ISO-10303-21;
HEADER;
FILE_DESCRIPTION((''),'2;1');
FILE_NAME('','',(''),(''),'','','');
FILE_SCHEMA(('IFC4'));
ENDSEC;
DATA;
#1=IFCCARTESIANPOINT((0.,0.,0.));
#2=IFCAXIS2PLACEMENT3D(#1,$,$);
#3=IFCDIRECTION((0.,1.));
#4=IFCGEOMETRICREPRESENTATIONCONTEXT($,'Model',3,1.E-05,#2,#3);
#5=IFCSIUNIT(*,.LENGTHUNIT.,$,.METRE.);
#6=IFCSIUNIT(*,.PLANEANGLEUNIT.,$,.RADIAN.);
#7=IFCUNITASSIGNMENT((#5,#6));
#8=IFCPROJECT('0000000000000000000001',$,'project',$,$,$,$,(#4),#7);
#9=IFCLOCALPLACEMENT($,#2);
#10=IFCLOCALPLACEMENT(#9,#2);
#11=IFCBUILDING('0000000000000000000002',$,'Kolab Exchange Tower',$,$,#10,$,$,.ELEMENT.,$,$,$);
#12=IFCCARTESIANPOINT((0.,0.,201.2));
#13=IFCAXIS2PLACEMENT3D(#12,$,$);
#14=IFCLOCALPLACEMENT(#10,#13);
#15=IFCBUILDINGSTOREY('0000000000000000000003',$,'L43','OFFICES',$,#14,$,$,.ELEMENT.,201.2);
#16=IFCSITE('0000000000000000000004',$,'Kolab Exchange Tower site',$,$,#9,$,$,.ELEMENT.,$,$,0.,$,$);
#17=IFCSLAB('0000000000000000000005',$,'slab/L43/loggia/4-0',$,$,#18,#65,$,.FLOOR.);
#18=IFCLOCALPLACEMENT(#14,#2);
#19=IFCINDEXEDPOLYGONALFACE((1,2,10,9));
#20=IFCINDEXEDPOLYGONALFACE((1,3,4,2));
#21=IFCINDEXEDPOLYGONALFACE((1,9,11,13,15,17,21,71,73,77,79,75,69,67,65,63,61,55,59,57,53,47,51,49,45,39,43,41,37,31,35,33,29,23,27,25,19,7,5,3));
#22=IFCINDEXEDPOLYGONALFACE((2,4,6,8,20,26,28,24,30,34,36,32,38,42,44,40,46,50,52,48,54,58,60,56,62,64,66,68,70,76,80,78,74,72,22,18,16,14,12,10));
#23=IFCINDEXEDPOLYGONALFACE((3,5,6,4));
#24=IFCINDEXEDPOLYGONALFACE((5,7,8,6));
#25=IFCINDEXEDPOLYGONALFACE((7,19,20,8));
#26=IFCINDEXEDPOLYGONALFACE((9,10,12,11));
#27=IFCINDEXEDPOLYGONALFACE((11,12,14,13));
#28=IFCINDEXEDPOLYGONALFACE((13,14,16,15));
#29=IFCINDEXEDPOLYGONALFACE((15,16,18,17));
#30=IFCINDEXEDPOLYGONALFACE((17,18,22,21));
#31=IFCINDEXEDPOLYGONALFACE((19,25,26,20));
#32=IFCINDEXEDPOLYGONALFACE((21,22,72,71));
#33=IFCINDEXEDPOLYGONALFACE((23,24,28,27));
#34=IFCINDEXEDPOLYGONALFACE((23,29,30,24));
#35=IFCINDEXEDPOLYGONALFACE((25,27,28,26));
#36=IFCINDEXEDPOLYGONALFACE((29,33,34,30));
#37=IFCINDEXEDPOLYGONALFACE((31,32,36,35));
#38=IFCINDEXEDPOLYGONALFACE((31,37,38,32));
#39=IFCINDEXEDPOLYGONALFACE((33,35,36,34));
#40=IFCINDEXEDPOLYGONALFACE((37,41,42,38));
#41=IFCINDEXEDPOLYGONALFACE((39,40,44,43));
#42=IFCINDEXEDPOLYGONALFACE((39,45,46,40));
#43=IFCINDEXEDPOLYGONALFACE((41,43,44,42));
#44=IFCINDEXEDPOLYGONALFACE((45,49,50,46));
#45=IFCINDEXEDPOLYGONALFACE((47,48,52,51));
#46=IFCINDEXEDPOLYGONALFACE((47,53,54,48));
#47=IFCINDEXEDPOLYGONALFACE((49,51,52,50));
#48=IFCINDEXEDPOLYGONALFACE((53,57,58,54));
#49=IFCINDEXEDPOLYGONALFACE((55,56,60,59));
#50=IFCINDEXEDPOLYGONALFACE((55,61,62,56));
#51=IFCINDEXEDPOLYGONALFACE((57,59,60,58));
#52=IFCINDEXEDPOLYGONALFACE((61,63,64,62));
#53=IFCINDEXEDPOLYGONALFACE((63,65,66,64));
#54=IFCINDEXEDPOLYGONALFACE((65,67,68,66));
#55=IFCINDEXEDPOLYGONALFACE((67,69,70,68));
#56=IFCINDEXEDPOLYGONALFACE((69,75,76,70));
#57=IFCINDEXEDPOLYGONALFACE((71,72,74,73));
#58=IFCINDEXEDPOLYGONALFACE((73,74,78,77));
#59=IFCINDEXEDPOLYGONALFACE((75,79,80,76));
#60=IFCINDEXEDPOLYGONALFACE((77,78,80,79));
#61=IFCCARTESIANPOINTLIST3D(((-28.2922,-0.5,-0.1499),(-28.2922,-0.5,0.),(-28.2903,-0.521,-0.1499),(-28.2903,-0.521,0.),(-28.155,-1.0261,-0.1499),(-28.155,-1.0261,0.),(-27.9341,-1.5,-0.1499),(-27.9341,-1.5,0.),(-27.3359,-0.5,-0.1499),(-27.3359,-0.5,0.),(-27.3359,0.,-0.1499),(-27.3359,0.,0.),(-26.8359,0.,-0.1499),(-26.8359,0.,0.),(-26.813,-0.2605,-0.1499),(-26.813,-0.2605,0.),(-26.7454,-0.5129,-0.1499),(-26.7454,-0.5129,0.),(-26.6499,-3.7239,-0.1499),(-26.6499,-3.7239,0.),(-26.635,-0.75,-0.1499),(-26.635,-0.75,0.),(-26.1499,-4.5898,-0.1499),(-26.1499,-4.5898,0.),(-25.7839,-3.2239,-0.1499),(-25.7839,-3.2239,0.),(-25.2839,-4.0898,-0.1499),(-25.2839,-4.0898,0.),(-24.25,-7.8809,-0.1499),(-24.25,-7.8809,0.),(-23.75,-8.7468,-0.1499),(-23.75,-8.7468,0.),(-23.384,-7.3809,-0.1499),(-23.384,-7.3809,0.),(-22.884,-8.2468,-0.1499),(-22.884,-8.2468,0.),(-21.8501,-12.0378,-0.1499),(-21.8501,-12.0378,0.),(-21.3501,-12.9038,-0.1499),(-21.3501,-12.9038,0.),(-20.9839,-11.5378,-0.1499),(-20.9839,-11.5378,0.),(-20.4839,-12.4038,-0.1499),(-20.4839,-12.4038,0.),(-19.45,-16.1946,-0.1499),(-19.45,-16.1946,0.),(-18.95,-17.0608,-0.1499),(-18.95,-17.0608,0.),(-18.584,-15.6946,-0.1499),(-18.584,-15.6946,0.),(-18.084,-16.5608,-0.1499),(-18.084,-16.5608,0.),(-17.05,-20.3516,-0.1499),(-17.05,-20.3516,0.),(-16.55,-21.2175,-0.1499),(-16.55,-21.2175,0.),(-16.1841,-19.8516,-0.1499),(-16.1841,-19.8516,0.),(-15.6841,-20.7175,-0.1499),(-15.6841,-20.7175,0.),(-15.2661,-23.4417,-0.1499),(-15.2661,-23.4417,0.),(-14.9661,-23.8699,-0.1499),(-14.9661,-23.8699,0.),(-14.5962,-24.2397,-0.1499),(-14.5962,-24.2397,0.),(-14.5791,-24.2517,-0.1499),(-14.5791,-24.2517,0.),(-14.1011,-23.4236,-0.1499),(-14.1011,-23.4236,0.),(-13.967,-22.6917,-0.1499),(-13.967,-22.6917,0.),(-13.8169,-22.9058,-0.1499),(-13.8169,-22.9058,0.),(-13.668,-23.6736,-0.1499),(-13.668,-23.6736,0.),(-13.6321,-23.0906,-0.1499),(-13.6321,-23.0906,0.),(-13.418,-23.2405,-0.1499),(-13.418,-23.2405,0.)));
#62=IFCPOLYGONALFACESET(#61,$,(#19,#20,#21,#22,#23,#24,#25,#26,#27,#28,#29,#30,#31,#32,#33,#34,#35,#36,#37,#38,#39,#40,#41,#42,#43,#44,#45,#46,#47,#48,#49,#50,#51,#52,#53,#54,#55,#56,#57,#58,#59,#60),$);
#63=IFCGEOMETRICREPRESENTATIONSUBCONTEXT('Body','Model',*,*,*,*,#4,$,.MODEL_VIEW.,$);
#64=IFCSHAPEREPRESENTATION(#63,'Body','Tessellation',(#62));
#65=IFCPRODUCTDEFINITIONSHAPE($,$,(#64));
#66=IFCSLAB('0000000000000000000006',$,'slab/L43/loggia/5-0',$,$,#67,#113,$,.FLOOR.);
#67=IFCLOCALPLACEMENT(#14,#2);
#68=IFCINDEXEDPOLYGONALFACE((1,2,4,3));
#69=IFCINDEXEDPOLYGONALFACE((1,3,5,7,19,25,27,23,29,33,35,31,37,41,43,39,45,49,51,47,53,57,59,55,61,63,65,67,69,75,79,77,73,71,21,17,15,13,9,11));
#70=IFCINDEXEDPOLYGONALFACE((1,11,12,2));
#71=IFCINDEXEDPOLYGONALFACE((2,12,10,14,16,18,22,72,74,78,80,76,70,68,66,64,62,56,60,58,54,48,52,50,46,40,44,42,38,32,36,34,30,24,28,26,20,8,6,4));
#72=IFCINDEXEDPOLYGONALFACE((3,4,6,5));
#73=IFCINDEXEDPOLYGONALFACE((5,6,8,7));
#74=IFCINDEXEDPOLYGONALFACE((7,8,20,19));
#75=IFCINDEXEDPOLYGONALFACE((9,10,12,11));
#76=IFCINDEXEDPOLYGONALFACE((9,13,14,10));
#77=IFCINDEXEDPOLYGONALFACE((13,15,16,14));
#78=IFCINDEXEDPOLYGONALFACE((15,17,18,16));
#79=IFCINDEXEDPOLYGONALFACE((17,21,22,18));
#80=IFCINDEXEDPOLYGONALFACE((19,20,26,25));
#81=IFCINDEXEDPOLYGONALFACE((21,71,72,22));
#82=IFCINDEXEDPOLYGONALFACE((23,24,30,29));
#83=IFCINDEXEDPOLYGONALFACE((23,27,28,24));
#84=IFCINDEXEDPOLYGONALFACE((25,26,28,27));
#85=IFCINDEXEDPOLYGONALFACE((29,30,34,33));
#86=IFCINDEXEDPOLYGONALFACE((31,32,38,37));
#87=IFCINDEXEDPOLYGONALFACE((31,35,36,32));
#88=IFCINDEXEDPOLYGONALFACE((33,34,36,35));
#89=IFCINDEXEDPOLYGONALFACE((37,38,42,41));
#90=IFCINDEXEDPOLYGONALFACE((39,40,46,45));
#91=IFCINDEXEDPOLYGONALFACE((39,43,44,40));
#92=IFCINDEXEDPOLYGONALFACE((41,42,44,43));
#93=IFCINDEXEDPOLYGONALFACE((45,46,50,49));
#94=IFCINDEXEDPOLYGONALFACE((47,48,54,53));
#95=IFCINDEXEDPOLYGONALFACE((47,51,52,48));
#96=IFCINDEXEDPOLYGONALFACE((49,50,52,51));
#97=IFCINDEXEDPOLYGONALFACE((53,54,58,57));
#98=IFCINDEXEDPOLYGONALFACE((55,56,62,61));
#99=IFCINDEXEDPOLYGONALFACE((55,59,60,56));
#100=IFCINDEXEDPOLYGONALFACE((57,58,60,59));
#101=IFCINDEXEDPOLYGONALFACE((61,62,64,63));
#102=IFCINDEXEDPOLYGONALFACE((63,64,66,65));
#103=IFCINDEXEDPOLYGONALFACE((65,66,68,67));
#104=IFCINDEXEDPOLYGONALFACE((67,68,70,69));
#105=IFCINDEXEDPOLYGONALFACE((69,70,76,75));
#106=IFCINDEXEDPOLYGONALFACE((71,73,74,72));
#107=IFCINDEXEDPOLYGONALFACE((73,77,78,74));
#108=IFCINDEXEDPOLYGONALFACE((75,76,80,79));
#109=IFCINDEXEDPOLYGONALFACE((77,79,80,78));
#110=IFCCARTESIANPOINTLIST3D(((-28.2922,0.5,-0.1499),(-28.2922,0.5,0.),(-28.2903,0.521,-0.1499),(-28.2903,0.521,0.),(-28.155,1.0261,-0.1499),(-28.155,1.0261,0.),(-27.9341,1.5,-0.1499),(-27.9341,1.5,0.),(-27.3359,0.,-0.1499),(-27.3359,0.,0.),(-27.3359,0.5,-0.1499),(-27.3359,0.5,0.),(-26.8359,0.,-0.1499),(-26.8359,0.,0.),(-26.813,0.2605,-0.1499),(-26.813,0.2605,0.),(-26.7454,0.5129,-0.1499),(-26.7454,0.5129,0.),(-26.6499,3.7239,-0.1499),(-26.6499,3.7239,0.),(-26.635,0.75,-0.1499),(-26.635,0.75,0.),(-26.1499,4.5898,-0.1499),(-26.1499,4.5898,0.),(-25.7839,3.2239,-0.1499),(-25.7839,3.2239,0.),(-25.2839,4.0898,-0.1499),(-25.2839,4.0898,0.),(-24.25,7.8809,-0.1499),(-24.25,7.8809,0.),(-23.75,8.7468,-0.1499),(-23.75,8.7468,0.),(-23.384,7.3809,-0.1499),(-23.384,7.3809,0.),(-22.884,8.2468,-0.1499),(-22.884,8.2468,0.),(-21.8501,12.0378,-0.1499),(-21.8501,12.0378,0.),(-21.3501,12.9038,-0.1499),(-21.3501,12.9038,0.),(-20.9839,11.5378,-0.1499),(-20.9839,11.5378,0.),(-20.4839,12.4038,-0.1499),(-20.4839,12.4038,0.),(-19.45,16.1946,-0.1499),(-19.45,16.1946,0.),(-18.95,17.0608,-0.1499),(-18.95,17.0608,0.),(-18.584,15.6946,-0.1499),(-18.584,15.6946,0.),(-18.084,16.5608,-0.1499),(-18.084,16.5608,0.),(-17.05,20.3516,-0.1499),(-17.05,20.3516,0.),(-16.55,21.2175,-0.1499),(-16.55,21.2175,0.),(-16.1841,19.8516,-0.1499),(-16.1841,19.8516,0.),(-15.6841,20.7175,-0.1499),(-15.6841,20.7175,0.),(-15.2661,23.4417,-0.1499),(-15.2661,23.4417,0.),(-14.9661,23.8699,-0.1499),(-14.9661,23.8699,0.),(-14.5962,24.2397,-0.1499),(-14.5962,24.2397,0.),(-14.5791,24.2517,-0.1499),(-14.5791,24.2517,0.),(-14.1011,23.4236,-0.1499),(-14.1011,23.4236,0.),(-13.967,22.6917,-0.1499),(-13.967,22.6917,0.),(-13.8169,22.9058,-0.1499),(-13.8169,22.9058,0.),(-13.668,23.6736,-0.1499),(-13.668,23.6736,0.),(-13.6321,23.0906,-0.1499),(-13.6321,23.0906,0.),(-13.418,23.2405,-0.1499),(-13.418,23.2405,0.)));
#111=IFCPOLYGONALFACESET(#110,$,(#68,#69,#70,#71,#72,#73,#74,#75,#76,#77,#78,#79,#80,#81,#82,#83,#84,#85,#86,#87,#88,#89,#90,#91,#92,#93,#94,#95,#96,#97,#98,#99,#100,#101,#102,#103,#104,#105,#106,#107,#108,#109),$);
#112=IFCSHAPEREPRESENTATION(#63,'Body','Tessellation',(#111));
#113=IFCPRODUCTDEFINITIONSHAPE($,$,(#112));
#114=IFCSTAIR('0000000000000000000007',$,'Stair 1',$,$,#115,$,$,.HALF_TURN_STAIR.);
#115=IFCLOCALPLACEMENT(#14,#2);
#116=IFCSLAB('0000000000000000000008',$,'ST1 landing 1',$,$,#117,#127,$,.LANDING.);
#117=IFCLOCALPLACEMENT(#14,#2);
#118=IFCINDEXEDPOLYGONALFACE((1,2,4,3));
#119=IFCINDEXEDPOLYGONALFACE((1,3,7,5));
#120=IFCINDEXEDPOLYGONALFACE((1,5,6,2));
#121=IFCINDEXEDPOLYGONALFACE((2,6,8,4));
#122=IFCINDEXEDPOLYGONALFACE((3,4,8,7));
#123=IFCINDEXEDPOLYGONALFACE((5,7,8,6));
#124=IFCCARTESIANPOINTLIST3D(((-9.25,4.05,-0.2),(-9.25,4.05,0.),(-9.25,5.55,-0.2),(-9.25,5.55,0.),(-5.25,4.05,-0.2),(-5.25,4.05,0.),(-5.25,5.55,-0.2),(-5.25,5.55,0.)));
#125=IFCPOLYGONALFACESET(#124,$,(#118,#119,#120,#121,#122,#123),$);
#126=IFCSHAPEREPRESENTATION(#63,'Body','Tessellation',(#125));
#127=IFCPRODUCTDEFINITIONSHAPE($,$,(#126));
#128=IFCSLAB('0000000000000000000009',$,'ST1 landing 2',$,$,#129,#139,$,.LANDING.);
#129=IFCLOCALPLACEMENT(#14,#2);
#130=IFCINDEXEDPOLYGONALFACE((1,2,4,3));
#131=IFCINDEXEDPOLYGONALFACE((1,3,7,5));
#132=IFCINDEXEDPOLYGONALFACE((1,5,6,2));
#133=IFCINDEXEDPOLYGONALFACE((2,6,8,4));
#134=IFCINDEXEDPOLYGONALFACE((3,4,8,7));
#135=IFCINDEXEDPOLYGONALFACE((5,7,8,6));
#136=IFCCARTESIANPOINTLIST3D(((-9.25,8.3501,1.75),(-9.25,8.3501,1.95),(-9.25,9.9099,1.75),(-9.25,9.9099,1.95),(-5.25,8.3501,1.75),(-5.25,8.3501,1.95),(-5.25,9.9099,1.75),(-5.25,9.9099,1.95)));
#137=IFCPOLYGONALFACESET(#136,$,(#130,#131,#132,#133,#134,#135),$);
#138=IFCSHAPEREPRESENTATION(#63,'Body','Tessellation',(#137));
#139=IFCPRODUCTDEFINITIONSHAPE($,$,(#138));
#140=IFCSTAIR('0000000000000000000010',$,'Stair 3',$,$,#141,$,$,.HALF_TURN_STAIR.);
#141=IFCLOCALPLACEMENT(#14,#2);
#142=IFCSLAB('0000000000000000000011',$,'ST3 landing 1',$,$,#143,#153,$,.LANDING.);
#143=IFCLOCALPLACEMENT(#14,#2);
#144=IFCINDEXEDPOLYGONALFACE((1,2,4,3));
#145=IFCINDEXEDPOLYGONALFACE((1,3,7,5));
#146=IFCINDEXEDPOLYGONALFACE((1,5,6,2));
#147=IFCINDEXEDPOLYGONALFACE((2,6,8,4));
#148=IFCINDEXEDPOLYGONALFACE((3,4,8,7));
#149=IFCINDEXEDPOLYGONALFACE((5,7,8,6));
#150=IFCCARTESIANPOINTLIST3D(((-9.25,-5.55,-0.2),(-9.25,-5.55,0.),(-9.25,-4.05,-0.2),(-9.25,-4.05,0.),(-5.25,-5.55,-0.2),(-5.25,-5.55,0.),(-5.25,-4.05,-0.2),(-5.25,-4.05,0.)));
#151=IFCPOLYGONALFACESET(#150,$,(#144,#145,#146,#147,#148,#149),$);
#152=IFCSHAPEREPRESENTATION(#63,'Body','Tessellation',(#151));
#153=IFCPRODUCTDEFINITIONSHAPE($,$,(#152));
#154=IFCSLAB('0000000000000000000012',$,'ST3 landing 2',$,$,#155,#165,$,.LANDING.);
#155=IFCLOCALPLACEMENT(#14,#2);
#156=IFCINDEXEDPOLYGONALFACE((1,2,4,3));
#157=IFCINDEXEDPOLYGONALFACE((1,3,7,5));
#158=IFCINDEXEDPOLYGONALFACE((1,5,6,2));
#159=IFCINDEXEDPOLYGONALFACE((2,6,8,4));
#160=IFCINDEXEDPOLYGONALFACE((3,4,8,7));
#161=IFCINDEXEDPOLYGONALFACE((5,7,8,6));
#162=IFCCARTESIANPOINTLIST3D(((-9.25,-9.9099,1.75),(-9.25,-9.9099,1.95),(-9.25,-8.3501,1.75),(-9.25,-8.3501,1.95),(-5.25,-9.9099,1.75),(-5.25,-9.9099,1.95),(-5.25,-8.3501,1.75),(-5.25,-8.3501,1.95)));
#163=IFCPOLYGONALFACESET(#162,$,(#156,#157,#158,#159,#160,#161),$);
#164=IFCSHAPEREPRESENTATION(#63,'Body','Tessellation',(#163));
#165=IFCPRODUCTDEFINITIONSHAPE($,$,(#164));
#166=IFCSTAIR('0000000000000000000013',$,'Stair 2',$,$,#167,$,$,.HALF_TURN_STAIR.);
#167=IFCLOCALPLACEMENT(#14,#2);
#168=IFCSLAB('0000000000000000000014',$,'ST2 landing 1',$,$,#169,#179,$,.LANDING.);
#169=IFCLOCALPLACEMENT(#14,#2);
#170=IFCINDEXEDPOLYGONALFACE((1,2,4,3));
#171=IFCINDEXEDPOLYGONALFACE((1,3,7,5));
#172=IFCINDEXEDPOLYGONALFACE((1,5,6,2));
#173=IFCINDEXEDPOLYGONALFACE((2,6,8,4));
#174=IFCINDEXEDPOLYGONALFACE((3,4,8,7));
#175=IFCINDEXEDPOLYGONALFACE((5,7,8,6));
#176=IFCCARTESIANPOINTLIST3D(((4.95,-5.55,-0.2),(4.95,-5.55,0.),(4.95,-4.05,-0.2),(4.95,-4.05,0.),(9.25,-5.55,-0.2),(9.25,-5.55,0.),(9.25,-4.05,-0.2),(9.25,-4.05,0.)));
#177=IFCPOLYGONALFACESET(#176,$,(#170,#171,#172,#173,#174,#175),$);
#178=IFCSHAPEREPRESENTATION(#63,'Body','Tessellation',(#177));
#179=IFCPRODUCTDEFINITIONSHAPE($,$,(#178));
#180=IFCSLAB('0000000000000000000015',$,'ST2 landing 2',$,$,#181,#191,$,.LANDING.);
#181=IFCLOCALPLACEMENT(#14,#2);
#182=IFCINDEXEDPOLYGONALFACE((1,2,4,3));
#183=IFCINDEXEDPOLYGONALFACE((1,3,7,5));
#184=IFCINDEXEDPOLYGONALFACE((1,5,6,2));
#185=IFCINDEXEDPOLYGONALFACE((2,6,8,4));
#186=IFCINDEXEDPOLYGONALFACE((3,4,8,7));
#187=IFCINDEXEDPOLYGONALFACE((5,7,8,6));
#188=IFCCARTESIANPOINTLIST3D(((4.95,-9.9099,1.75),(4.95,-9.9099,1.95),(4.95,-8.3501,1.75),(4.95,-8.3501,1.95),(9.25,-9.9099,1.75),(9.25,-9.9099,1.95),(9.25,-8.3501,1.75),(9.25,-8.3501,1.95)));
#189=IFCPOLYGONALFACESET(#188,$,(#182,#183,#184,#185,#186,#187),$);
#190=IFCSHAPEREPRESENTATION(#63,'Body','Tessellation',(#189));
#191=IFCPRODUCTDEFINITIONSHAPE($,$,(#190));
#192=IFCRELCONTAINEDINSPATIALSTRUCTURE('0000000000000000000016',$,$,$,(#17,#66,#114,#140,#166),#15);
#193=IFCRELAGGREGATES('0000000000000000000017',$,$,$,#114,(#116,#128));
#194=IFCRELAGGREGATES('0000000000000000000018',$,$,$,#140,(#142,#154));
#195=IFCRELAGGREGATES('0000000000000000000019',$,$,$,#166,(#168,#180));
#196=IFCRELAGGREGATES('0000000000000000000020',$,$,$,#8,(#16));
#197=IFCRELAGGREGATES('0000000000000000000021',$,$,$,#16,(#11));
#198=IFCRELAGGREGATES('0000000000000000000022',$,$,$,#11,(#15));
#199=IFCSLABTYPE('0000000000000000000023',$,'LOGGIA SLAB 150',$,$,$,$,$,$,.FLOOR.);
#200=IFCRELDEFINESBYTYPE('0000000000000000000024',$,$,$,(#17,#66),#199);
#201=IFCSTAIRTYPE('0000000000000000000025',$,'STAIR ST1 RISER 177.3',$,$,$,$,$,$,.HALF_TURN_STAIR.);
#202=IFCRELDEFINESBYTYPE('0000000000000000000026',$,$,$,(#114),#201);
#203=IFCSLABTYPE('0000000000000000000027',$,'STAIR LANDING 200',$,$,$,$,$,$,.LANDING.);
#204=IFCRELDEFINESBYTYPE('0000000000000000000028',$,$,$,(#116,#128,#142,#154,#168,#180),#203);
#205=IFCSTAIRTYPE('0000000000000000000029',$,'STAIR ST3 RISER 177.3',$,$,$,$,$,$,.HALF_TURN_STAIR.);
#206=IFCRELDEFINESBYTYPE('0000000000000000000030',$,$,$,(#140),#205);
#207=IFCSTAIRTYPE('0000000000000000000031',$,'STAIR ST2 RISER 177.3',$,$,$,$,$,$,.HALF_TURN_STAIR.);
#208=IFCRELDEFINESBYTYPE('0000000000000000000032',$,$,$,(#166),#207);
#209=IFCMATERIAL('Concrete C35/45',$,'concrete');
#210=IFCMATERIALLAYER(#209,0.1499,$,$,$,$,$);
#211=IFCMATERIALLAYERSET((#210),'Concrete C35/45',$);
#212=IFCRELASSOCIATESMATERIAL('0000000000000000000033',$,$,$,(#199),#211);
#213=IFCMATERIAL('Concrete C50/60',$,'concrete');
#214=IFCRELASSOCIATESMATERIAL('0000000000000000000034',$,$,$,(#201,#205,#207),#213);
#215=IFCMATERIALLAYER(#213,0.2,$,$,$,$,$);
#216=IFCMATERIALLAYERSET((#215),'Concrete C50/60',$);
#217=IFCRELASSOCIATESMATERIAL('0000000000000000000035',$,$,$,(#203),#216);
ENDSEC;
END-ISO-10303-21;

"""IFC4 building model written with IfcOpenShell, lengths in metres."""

from ifc_helpers import new_model, si_unit, direction, frame, origin, place, context, subcontext, project, spatial, polyline, outline, extrude, material, layer, layer_set, type_object, element, aggregate, save


model = new_model("IFC4")

# Units and contexts
model_context = context("Model", 3, precision=1e-05, world=origin(), true_north=direction((0.0, 1.0)))
body_context = subcontext(model_context, "Body", "Model", "MODEL_VIEW")
ifc_project = project(units=[si_unit("LENGTHUNIT", "METRE"), si_unit("PLANEANGLEUNIT", "RADIAN")], contexts=[model_context])

# Site, building, storey
site_placement = place(None, origin())
site = spatial("IfcSite", under=ifc_project, at=site_placement, Name="Kolab Exchange Tower site", CompositionType="ELEMENT", RefElevation=0.0)
building_placement = place(site_placement, origin())
building = spatial("IfcBuilding", under=site, at=building_placement, Name="Kolab Exchange Tower", CompositionType="ELEMENT")
storey_placement = place(building_placement, frame((0.0, 0.0, 201.2)))
storey = spatial("IfcBuildingStorey", under=building, at=storey_placement, Name="L43", Description="OFFICES", CompositionType="ELEMENT", Elevation=201.2)

# Slabs
ifc_material_1 = material(Name="Concrete C35/45", Category="concrete")
ifc_layer_1 = layer(ifc_material_1, 0.1499)
ifc_layer_set_1 = layer_set([ifc_layer_1], Name="Concrete C35/45")
slab_type_1 = type_object("IfcSlabType", Name="LOGGIA SLAB 150", PredefinedType="FLOOR", material=ifc_layer_set_1)
slab_1_placement = place(storey_placement, frame((0.0, 0.0, -0.1499)))
element("IfcSlab", 1, at=slab_1_placement, inside=storey, type_object=slab_type_1, Name="slab/L43/loggia/4-0", PredefinedType="FLOOR", context=body_context, shape_type="SweptSolid", body=[
    extrude(outline(polyline([(-26.8359, 0.0), (-27.3359, 0.0), (-27.3359, -0.5), (-28.2922, -0.5), (-28.2903, -0.521), (-28.155, -1.0261), (-27.9341, -1.5), (-26.6499, -3.7239), (-25.7839, -3.2239), (-25.2839, -4.0898), (-26.1499, -4.5898), (-24.25, -7.8809), (-23.384, -7.3809), (-22.884, -8.2468), (-23.75, -8.7468), (-21.8501, -12.0378), (-20.9839, -11.5378), (-20.4839, -12.4038), (-21.3501, -12.9038), (-19.45, -16.1946), (-18.584, -15.6946), (-18.084, -16.5608), (-18.95, -17.0608), (-17.05, -20.3516), (-16.1841, -19.8516), (-15.6841, -20.7175), (-16.55, -21.2175), (-15.2661, -23.4417), (-14.9661, -23.8699), (-14.5962, -24.2397), (-14.5791, -24.2517), (-14.1011, -23.4236), (-13.668, -23.6736), (-13.418, -23.2405), (-13.6321, -23.0906), (-13.8169, -22.9058), (-13.967, -22.6917), (-26.635, -0.75), (-26.7454, -0.5129), (-26.813, -0.2605), (-26.8359, 0.0)])), origin(), (0.0, 0.0, 1.0), 0.1499),
])
slab_2_placement = place(storey_placement, frame((0.0, 0.0, -0.1499)))
element("IfcSlab", 2, at=slab_2_placement, inside=storey, type_object=slab_type_1, Name="slab/L43/loggia/5-0", PredefinedType="FLOOR", context=body_context, shape_type="SweptSolid", body=[
    extrude(outline(polyline([(-13.418, 23.2405), (-13.668, 23.6736), (-14.1011, 23.4236), (-14.5791, 24.2517), (-14.5962, 24.2397), (-14.9661, 23.8699), (-15.2661, 23.4417), (-16.55, 21.2175), (-15.6841, 20.7175), (-16.1841, 19.8516), (-17.05, 20.3516), (-18.95, 17.0608), (-18.084, 16.5608), (-18.584, 15.6946), (-19.45, 16.1946), (-21.3501, 12.9038), (-20.4839, 12.4038), (-20.9839, 11.5378), (-21.8501, 12.0378), (-23.75, 8.7468), (-22.884, 8.2468), (-23.384, 7.3809), (-24.25, 7.8809), (-26.1499, 4.5898), (-25.2839, 4.0898), (-25.7839, 3.2239), (-26.6499, 3.7239), (-27.9341, 1.5), (-28.155, 1.0261), (-28.2903, 0.521), (-28.2922, 0.5), (-27.3359, 0.5), (-27.3359, 0.0), (-26.8359, 0.0), (-26.813, 0.2605), (-26.7454, 0.5129), (-26.635, 0.75), (-13.967, 22.6917), (-13.8169, 22.9058), (-13.6321, 23.0906), (-13.418, 23.2405)])), origin(), (0.0, 0.0, 1.0), 0.1499),
])

# Stairs, slabs
ifc_material_2 = material(Name="Concrete C50/60", Category="concrete")
stair_type_1 = type_object("IfcStairType", Name="STAIR ST1 RISER 177.3", PredefinedType="HALF_TURN_STAIR", material=ifc_material_2)
stair_1_placement = place(storey_placement, origin())
stair_1 = element("IfcStair", 3, at=stair_1_placement, inside=storey, type_object=stair_type_1, Name="Stair 1", PredefinedType="HALF_TURN_STAIR")
ifc_layer_2 = layer(ifc_material_2, 0.2)
ifc_layer_set_2 = layer_set([ifc_layer_2], Name="Concrete C50/60")
slab_type_2 = type_object("IfcSlabType", Name="STAIR LANDING 200", PredefinedType="LANDING", material=ifc_layer_set_2)
slab_3_placement = place(storey_placement, frame((0.0, 0.0, -0.2)))
slab_3 = element("IfcSlab", 4, at=slab_3_placement, type_object=slab_type_2, Name="ST1 landing 1", PredefinedType="LANDING", context=body_context, shape_type="SweptSolid", body=[
    extrude(outline(polyline([(-9.25, 4.05), (-5.25, 4.05), (-5.25, 5.55), (-9.25, 5.55), (-9.25, 4.05)])), origin(), (0.0, 0.0, 1.0), 0.2),
])
slab_4_placement = place(storey_placement, frame((0.0, 0.0, 1.75)))
slab_4 = element("IfcSlab", 5, at=slab_4_placement, type_object=slab_type_2, Name="ST1 landing 2", PredefinedType="LANDING", context=body_context, shape_type="SweptSolid", body=[
    extrude(outline(polyline([(-9.25, 8.3501), (-5.25, 8.3501), (-5.25, 9.9099), (-9.25, 9.9099), (-9.25, 8.3501)])), origin(), (0.0, 0.0, 1.0), 0.2),
])
aggregate(stair_1, [slab_3, slab_4])
stair_type_2 = type_object("IfcStairType", Name="STAIR ST3 RISER 177.3", PredefinedType="HALF_TURN_STAIR", material=ifc_material_2)
stair_2_placement = place(storey_placement, origin())
stair_2 = element("IfcStair", 6, at=stair_2_placement, inside=storey, type_object=stair_type_2, Name="Stair 3", PredefinedType="HALF_TURN_STAIR")
slab_5_placement = place(storey_placement, frame((0.0, 0.0, -0.2)))
slab_5 = element("IfcSlab", 7, at=slab_5_placement, type_object=slab_type_2, Name="ST3 landing 1", PredefinedType="LANDING", context=body_context, shape_type="SweptSolid", body=[
    extrude(outline(polyline([(-9.25, -5.55), (-5.25, -5.55), (-5.25, -4.05), (-9.25, -4.05), (-9.25, -5.55)])), origin(), (0.0, 0.0, 1.0), 0.2),
])
slab_6_placement = place(storey_placement, frame((0.0, 0.0, 1.75)))
slab_6 = element("IfcSlab", 8, at=slab_6_placement, type_object=slab_type_2, Name="ST3 landing 2", PredefinedType="LANDING", context=body_context, shape_type="SweptSolid", body=[
    extrude(outline(polyline([(-9.25, -9.9099), (-5.25, -9.9099), (-5.25, -8.3501), (-9.25, -8.3501), (-9.25, -9.9099)])), origin(), (0.0, 0.0, 1.0), 0.2),
])
aggregate(stair_2, [slab_5, slab_6])
stair_type_3 = type_object("IfcStairType", Name="STAIR ST2 RISER 177.3", PredefinedType="HALF_TURN_STAIR", material=ifc_material_2)
stair_3_placement = place(storey_placement, origin())
stair_3 = element("IfcStair", 9, at=stair_3_placement, inside=storey, type_object=stair_type_3, Name="Stair 2", PredefinedType="HALF_TURN_STAIR")
slab_7_placement = place(storey_placement, frame((0.0, 0.0, -0.2)))
slab_7 = element("IfcSlab", 10, at=slab_7_placement, type_object=slab_type_2, Name="ST2 landing 1", PredefinedType="LANDING", context=body_context, shape_type="SweptSolid", body=[
    extrude(outline(polyline([(4.95, -5.55), (9.25, -5.55), (9.25, -4.05), (4.95, -4.05), (4.95, -5.55)])), origin(), (0.0, 0.0, 1.0), 0.2),
])
slab_8_placement = place(storey_placement, frame((0.0, 0.0, 1.75)))
slab_8 = element("IfcSlab", 11, at=slab_8_placement, type_object=slab_type_2, Name="ST2 landing 2", PredefinedType="LANDING", context=body_context, shape_type="SweptSolid", body=[
    extrude(outline(polyline([(4.95, -9.9099), (9.25, -9.9099), (9.25, -8.3501), (4.95, -8.3501), (4.95, -9.9099)])), origin(), (0.0, 0.0, 1.0), 0.2),
])
aggregate(stair_3, [slab_7, slab_8])

save(model, "model.ifc")
